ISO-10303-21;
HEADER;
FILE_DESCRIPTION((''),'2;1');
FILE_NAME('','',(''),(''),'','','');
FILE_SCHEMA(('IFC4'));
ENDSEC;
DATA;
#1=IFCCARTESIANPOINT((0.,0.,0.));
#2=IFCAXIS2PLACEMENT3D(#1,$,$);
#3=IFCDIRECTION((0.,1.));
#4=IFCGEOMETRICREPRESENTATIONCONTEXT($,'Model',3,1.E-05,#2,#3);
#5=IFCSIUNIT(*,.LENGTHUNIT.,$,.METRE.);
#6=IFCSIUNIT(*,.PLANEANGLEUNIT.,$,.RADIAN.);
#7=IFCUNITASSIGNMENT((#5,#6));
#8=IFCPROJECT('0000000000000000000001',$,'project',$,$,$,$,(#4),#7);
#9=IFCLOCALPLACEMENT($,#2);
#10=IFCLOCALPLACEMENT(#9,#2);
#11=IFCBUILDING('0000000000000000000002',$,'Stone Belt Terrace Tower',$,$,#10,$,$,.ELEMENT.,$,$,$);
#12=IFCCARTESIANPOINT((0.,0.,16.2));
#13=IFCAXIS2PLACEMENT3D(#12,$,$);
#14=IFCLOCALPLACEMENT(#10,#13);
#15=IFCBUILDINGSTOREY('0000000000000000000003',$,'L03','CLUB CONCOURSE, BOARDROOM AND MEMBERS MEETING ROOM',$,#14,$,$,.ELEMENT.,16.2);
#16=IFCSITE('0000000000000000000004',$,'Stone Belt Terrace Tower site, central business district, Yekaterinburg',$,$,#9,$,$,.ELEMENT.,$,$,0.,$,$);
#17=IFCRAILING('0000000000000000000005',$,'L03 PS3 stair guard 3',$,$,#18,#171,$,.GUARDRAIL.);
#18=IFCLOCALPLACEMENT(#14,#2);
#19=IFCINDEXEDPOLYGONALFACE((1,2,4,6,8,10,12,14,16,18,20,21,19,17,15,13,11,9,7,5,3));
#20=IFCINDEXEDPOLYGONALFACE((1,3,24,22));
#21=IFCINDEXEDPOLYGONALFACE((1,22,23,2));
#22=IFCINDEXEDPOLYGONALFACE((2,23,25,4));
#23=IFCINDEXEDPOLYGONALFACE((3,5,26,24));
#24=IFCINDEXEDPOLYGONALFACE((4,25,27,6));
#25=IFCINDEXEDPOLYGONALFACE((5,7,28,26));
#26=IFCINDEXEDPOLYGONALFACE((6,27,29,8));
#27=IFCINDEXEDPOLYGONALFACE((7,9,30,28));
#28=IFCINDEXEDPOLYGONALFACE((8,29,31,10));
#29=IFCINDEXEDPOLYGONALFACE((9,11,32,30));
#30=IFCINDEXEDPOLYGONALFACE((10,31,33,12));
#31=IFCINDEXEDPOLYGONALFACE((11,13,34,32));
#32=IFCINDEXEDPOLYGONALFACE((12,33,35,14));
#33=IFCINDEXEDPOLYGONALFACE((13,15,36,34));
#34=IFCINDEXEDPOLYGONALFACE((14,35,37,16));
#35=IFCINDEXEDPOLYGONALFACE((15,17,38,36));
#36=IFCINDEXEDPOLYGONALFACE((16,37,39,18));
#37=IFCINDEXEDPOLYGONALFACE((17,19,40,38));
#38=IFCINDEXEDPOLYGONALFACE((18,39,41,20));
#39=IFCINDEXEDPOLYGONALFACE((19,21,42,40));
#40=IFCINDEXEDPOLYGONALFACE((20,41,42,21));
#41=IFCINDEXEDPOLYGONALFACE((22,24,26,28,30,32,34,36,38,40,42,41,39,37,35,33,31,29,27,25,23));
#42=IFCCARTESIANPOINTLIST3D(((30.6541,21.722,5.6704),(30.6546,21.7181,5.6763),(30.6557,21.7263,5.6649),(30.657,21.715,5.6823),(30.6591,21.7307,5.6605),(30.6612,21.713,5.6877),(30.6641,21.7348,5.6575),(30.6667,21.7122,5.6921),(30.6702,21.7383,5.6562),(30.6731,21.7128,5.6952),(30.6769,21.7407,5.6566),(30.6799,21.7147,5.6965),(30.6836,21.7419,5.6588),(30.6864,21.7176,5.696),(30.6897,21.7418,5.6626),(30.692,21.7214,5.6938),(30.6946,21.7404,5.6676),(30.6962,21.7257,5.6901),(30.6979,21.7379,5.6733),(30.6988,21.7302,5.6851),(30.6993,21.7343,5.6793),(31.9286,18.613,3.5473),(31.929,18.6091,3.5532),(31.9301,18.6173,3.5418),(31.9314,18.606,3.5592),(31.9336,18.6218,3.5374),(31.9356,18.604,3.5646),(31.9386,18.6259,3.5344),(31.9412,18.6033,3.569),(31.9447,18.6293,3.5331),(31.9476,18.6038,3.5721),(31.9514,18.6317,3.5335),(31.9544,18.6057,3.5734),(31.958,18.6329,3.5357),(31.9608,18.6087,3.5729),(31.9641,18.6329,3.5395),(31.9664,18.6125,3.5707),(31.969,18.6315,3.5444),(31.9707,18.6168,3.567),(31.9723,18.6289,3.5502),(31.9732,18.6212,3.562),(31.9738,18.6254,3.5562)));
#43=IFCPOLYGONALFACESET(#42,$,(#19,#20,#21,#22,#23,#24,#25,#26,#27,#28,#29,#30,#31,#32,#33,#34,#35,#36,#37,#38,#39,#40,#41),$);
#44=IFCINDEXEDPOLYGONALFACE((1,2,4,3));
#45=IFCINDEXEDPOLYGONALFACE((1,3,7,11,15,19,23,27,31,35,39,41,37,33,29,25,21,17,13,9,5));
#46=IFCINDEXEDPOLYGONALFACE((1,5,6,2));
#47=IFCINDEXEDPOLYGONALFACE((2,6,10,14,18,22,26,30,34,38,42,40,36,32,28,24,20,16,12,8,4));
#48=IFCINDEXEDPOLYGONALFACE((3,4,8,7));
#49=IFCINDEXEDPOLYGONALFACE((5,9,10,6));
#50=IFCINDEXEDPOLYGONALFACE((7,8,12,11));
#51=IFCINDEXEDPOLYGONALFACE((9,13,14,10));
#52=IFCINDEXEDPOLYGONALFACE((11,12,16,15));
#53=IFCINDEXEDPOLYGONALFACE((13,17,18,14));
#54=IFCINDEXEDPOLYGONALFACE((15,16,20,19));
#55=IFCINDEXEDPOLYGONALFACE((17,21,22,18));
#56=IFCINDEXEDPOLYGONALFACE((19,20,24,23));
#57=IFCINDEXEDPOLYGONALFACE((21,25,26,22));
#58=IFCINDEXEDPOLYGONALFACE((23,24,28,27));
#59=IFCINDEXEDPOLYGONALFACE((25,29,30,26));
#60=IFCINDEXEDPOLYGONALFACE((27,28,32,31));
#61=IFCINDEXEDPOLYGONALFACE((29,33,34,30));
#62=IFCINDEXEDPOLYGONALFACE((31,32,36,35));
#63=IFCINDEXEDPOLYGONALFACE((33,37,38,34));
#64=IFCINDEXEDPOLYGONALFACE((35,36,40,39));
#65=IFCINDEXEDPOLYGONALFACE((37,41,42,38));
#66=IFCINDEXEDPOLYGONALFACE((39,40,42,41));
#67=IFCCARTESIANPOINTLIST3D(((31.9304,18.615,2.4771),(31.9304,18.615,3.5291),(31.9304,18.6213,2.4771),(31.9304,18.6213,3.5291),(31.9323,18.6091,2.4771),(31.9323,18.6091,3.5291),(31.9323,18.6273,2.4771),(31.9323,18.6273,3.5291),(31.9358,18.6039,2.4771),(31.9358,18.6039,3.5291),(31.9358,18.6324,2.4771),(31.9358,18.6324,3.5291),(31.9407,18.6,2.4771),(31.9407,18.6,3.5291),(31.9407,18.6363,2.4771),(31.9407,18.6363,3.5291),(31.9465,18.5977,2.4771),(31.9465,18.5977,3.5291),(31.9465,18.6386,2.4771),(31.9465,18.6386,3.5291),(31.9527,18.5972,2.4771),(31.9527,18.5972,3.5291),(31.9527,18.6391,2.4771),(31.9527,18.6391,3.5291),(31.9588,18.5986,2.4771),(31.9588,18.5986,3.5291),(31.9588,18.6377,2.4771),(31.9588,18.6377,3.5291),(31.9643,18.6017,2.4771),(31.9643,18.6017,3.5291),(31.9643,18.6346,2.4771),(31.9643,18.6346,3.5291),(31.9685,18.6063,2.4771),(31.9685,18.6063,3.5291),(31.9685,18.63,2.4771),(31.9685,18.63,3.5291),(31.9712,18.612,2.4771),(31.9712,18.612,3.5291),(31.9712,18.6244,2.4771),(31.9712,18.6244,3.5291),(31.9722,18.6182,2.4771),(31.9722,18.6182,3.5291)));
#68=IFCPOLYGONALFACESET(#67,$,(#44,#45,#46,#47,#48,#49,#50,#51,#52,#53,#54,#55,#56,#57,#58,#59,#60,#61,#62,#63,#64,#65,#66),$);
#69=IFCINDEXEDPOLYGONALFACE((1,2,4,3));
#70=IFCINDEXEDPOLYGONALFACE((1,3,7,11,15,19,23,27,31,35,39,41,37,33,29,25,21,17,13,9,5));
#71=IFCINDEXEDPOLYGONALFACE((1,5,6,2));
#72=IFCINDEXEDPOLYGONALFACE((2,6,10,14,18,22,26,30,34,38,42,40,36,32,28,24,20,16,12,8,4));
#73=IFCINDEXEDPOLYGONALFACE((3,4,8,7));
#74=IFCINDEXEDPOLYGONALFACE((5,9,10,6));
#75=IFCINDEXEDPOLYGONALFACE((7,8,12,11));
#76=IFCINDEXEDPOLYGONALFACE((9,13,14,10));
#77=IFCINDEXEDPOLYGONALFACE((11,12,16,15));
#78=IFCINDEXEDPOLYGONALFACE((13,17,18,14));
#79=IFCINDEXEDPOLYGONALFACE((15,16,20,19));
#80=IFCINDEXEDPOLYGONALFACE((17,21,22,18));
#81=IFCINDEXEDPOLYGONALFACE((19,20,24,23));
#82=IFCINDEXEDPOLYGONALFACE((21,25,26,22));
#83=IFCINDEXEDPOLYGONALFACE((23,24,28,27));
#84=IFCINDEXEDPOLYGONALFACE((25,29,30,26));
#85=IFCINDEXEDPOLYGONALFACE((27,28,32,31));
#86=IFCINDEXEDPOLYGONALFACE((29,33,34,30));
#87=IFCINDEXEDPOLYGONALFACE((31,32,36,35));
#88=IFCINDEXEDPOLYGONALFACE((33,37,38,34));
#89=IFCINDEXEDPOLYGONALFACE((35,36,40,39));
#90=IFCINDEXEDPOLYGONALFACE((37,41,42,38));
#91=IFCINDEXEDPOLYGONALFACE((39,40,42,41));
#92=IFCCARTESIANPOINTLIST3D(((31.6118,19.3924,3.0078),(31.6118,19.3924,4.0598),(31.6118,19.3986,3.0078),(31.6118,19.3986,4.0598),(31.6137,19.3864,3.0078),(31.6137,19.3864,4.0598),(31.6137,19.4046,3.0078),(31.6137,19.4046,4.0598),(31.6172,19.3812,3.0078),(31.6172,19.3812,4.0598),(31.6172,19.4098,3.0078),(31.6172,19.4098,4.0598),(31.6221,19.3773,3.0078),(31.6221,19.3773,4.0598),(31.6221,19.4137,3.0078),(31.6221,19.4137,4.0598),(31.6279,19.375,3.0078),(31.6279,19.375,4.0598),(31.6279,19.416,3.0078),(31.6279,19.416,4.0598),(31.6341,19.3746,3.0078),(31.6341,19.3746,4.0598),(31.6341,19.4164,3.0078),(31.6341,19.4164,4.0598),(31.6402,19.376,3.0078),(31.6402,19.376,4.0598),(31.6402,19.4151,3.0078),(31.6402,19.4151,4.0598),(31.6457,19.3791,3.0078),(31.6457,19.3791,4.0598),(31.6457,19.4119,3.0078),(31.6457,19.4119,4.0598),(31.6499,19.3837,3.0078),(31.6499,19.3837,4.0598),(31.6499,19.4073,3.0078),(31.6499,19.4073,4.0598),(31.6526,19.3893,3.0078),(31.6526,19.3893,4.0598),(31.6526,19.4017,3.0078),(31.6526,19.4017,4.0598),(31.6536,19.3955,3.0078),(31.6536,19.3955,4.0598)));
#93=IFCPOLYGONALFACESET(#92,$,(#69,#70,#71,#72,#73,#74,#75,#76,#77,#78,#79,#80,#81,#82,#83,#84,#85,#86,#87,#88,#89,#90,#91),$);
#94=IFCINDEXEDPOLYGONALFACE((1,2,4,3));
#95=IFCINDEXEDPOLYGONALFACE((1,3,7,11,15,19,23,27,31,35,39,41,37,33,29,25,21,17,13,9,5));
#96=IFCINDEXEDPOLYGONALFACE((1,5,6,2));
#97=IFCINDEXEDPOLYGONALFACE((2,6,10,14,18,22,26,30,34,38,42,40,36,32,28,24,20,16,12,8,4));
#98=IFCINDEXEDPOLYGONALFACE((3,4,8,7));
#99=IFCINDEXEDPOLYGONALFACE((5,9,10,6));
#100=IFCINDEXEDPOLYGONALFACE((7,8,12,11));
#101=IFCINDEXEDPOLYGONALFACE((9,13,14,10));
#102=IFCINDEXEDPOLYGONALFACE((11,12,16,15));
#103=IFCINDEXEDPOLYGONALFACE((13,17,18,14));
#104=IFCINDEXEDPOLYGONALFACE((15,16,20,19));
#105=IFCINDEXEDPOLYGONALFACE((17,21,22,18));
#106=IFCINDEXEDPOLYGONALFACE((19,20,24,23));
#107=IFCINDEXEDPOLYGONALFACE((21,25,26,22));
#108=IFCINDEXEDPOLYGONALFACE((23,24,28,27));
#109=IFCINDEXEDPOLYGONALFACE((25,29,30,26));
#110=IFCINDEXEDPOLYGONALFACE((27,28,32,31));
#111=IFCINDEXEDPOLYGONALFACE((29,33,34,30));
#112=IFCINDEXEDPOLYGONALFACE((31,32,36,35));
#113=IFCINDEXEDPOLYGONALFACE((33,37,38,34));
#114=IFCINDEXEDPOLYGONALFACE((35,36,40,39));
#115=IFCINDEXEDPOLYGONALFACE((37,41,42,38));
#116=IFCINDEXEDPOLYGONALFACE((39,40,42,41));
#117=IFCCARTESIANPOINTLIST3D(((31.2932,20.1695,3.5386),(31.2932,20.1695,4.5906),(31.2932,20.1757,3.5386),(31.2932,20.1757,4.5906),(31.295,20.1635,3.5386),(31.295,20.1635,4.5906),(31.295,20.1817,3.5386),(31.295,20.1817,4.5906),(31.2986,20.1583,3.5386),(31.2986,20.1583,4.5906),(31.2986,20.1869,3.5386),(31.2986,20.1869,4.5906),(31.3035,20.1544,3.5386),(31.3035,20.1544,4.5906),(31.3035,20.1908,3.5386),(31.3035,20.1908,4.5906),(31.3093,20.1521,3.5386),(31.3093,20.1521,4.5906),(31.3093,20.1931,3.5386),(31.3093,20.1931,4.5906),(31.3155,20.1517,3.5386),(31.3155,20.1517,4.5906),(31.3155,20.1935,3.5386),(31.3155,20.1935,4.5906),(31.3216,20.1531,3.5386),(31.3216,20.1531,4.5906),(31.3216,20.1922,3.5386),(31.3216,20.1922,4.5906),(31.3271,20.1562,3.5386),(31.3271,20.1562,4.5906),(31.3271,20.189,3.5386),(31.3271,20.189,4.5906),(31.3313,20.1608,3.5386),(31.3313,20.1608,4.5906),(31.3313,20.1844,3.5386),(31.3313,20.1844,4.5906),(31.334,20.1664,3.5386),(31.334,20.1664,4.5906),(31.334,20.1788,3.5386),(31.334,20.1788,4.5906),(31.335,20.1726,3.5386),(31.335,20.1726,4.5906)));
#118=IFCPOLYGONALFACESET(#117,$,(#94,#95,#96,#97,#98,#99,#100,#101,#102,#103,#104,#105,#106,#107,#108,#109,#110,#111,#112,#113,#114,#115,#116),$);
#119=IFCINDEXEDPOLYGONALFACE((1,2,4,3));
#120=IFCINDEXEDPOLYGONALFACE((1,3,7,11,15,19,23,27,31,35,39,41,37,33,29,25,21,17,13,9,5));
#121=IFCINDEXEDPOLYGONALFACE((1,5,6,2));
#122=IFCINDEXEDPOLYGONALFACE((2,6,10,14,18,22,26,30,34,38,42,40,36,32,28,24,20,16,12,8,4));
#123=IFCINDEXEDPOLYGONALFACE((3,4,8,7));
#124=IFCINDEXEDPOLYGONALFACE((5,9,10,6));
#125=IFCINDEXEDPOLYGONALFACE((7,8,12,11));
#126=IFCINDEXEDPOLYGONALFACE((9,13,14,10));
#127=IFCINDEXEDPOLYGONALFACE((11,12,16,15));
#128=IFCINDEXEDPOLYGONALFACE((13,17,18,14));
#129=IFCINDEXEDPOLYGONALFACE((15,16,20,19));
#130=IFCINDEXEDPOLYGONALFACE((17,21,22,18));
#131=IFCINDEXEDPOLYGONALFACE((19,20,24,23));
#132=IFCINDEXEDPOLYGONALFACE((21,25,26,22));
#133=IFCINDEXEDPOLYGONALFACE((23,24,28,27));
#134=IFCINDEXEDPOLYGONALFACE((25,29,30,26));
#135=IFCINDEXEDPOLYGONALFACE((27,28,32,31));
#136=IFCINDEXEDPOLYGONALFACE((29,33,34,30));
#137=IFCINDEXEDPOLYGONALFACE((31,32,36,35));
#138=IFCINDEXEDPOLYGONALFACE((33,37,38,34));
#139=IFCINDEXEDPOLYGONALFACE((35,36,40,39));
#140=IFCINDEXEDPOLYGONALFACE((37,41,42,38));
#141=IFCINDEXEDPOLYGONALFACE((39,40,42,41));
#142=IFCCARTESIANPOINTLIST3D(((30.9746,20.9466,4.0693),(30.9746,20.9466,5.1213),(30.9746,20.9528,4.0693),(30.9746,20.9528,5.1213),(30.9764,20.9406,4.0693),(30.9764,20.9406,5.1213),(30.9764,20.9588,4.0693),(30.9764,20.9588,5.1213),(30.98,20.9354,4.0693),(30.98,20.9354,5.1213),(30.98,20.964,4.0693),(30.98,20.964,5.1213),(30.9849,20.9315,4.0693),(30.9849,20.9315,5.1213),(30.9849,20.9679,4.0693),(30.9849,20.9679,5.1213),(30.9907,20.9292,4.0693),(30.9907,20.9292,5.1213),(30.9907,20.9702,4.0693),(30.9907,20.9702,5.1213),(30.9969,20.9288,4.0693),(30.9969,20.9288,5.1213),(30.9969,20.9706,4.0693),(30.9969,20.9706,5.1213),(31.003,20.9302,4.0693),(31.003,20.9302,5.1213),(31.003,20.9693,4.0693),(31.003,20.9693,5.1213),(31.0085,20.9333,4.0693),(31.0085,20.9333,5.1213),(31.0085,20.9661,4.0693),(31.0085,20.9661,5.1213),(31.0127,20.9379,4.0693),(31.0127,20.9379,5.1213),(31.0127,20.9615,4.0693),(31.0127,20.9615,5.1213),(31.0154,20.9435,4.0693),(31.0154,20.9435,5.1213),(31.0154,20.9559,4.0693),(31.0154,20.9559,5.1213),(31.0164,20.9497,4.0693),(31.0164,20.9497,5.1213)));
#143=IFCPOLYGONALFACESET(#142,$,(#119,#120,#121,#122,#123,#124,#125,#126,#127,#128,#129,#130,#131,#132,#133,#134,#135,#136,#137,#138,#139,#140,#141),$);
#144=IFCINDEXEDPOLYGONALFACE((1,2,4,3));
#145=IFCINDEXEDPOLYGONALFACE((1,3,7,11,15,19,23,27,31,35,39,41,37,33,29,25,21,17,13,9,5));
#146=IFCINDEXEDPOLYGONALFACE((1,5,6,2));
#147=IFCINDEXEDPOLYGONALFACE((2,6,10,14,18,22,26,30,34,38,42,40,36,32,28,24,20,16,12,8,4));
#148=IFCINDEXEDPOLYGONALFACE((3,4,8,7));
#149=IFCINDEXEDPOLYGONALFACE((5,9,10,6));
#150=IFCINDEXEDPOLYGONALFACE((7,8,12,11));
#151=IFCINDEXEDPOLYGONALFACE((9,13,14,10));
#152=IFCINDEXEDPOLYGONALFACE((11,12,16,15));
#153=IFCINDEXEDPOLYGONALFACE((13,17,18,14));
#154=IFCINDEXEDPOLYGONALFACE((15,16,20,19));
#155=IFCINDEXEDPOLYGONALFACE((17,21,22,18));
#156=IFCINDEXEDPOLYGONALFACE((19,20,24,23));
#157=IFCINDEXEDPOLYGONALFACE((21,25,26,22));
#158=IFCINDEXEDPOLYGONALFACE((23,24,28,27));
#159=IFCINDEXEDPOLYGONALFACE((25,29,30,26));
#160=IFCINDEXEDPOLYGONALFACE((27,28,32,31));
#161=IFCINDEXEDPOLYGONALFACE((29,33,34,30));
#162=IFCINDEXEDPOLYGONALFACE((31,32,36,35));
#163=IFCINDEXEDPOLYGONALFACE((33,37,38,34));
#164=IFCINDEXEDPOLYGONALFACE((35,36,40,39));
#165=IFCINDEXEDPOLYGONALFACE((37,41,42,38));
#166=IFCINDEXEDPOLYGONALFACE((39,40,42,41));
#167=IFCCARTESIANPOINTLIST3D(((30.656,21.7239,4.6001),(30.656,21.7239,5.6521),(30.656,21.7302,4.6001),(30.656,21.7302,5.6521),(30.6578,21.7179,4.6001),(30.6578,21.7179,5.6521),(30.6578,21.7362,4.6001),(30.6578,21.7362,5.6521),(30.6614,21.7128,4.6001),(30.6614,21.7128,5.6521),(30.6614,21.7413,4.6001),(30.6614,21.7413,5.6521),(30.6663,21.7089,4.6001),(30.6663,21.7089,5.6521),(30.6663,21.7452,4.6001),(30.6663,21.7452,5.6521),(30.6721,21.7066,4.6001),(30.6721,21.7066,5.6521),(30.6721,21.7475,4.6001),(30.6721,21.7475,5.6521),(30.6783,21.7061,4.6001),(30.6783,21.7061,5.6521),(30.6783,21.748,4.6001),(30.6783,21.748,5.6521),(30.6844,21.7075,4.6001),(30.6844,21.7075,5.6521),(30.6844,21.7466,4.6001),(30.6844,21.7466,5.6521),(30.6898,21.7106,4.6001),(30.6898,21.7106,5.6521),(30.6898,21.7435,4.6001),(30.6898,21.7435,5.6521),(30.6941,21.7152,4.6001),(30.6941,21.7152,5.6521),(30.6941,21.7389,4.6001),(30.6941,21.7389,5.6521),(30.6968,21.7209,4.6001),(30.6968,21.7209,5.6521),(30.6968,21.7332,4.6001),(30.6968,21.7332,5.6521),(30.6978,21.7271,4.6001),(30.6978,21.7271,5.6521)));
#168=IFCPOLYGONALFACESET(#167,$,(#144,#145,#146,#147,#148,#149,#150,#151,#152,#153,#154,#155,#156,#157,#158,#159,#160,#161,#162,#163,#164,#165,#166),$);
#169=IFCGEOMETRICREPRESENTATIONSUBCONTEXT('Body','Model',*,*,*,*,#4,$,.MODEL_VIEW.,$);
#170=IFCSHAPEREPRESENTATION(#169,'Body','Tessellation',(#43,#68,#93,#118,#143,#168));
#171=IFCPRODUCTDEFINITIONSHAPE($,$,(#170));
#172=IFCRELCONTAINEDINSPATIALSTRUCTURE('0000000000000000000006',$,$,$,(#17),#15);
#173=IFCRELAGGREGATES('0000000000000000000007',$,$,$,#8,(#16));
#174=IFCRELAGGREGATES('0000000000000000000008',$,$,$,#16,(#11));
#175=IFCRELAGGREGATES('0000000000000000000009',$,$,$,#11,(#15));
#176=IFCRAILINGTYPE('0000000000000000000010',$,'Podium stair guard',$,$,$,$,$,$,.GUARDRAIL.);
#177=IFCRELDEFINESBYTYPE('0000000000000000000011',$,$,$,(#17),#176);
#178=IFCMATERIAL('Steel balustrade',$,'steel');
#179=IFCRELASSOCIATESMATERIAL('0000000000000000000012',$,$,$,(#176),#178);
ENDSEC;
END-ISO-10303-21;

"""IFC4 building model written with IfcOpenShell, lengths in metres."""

from ifc_helpers import new_model, si_unit, direction, frame, origin, origin_2d, place, context, subcontext, project, spatial, circle, extrude, material, type_object, element, save


model = new_model("IFC4")

# Units and contexts
model_context = context("Model", 3, precision=1e-05, world=origin(), true_north=direction((0.0, 1.0)))
body_context = subcontext(model_context, "Body", "Model", "MODEL_VIEW")
ifc_project = project(units=[si_unit("LENGTHUNIT", "METRE"), si_unit("PLANEANGLEUNIT", "RADIAN")], contexts=[model_context])

# Site, building, storey
site_placement = place(None, origin())
site = spatial("IfcSite", under=ifc_project, at=site_placement, Name="Stone Belt Terrace Tower site, central business district, Yekaterinburg", CompositionType="ELEMENT", RefElevation=0.0)
building_placement = place(site_placement, origin())
building = spatial("IfcBuilding", under=site, at=building_placement, Name="Stone Belt Terrace Tower", CompositionType="ELEMENT")
storey_placement = place(building_placement, frame((0.0, 0.0, 16.2)))
storey = spatial("IfcBuildingStorey", under=building, at=storey_placement, Name="L03", Description="CLUB CONCOURSE, BOARDROOM AND MEMBERS MEETING ROOM", CompositionType="ELEMENT", Elevation=16.2)

# Railing
ifc_material_1 = material(Name="Steel balustrade", Category="steel")
railing_type_1 = type_object("IfcRailingType", Name="Podium stair guard", PredefinedType="GUARDRAIL", material=ifc_material_1)
railing_1_placement = place(storey_placement, frame((31.9512, 18.6182, 2.4771)))
element("IfcRailing", 1, at=railing_1_placement, inside=storey, type_object=railing_type_1, Name="L03 PS3 stair guard 3", PredefinedType="GUARDRAIL", context=body_context, shape_type="SweptSolid", body=[
    extrude(circle(Radius=0.0239, at=origin_2d()), frame((0.0, 0.0, 1.0762), z_axis=(-0.320648, 0.782209, 0.534167), x_axis=(-0.925276, -0.379295, 0.0)), (0.0, 0.0, 1.0), 3.9746),
    extrude(circle(Radius=0.021, at=origin_2d()), origin(), (0.0, 0.0, 1.0), 1.052),
    extrude(circle(Radius=0.021, at=origin_2d()), frame((-0.3186, 0.7773, 0.5308)), (0.0, 0.0, 1.0), 1.052),
    extrude(circle(Radius=0.021, at=origin_2d()), frame((-0.6372, 1.5544, 1.0615)), (0.0, 0.0, 1.0), 1.052),
    extrude(circle(Radius=0.021, at=origin_2d()), frame((-0.9558, 2.3315, 1.5923)), (0.0, 0.0, 1.0), 1.052),
    extrude(circle(Radius=0.021, at=origin_2d()), frame((-1.2744, 3.1089, 2.123)), (0.0, 0.0, 1.0), 1.052),
])

save(model, "model.ifc")
